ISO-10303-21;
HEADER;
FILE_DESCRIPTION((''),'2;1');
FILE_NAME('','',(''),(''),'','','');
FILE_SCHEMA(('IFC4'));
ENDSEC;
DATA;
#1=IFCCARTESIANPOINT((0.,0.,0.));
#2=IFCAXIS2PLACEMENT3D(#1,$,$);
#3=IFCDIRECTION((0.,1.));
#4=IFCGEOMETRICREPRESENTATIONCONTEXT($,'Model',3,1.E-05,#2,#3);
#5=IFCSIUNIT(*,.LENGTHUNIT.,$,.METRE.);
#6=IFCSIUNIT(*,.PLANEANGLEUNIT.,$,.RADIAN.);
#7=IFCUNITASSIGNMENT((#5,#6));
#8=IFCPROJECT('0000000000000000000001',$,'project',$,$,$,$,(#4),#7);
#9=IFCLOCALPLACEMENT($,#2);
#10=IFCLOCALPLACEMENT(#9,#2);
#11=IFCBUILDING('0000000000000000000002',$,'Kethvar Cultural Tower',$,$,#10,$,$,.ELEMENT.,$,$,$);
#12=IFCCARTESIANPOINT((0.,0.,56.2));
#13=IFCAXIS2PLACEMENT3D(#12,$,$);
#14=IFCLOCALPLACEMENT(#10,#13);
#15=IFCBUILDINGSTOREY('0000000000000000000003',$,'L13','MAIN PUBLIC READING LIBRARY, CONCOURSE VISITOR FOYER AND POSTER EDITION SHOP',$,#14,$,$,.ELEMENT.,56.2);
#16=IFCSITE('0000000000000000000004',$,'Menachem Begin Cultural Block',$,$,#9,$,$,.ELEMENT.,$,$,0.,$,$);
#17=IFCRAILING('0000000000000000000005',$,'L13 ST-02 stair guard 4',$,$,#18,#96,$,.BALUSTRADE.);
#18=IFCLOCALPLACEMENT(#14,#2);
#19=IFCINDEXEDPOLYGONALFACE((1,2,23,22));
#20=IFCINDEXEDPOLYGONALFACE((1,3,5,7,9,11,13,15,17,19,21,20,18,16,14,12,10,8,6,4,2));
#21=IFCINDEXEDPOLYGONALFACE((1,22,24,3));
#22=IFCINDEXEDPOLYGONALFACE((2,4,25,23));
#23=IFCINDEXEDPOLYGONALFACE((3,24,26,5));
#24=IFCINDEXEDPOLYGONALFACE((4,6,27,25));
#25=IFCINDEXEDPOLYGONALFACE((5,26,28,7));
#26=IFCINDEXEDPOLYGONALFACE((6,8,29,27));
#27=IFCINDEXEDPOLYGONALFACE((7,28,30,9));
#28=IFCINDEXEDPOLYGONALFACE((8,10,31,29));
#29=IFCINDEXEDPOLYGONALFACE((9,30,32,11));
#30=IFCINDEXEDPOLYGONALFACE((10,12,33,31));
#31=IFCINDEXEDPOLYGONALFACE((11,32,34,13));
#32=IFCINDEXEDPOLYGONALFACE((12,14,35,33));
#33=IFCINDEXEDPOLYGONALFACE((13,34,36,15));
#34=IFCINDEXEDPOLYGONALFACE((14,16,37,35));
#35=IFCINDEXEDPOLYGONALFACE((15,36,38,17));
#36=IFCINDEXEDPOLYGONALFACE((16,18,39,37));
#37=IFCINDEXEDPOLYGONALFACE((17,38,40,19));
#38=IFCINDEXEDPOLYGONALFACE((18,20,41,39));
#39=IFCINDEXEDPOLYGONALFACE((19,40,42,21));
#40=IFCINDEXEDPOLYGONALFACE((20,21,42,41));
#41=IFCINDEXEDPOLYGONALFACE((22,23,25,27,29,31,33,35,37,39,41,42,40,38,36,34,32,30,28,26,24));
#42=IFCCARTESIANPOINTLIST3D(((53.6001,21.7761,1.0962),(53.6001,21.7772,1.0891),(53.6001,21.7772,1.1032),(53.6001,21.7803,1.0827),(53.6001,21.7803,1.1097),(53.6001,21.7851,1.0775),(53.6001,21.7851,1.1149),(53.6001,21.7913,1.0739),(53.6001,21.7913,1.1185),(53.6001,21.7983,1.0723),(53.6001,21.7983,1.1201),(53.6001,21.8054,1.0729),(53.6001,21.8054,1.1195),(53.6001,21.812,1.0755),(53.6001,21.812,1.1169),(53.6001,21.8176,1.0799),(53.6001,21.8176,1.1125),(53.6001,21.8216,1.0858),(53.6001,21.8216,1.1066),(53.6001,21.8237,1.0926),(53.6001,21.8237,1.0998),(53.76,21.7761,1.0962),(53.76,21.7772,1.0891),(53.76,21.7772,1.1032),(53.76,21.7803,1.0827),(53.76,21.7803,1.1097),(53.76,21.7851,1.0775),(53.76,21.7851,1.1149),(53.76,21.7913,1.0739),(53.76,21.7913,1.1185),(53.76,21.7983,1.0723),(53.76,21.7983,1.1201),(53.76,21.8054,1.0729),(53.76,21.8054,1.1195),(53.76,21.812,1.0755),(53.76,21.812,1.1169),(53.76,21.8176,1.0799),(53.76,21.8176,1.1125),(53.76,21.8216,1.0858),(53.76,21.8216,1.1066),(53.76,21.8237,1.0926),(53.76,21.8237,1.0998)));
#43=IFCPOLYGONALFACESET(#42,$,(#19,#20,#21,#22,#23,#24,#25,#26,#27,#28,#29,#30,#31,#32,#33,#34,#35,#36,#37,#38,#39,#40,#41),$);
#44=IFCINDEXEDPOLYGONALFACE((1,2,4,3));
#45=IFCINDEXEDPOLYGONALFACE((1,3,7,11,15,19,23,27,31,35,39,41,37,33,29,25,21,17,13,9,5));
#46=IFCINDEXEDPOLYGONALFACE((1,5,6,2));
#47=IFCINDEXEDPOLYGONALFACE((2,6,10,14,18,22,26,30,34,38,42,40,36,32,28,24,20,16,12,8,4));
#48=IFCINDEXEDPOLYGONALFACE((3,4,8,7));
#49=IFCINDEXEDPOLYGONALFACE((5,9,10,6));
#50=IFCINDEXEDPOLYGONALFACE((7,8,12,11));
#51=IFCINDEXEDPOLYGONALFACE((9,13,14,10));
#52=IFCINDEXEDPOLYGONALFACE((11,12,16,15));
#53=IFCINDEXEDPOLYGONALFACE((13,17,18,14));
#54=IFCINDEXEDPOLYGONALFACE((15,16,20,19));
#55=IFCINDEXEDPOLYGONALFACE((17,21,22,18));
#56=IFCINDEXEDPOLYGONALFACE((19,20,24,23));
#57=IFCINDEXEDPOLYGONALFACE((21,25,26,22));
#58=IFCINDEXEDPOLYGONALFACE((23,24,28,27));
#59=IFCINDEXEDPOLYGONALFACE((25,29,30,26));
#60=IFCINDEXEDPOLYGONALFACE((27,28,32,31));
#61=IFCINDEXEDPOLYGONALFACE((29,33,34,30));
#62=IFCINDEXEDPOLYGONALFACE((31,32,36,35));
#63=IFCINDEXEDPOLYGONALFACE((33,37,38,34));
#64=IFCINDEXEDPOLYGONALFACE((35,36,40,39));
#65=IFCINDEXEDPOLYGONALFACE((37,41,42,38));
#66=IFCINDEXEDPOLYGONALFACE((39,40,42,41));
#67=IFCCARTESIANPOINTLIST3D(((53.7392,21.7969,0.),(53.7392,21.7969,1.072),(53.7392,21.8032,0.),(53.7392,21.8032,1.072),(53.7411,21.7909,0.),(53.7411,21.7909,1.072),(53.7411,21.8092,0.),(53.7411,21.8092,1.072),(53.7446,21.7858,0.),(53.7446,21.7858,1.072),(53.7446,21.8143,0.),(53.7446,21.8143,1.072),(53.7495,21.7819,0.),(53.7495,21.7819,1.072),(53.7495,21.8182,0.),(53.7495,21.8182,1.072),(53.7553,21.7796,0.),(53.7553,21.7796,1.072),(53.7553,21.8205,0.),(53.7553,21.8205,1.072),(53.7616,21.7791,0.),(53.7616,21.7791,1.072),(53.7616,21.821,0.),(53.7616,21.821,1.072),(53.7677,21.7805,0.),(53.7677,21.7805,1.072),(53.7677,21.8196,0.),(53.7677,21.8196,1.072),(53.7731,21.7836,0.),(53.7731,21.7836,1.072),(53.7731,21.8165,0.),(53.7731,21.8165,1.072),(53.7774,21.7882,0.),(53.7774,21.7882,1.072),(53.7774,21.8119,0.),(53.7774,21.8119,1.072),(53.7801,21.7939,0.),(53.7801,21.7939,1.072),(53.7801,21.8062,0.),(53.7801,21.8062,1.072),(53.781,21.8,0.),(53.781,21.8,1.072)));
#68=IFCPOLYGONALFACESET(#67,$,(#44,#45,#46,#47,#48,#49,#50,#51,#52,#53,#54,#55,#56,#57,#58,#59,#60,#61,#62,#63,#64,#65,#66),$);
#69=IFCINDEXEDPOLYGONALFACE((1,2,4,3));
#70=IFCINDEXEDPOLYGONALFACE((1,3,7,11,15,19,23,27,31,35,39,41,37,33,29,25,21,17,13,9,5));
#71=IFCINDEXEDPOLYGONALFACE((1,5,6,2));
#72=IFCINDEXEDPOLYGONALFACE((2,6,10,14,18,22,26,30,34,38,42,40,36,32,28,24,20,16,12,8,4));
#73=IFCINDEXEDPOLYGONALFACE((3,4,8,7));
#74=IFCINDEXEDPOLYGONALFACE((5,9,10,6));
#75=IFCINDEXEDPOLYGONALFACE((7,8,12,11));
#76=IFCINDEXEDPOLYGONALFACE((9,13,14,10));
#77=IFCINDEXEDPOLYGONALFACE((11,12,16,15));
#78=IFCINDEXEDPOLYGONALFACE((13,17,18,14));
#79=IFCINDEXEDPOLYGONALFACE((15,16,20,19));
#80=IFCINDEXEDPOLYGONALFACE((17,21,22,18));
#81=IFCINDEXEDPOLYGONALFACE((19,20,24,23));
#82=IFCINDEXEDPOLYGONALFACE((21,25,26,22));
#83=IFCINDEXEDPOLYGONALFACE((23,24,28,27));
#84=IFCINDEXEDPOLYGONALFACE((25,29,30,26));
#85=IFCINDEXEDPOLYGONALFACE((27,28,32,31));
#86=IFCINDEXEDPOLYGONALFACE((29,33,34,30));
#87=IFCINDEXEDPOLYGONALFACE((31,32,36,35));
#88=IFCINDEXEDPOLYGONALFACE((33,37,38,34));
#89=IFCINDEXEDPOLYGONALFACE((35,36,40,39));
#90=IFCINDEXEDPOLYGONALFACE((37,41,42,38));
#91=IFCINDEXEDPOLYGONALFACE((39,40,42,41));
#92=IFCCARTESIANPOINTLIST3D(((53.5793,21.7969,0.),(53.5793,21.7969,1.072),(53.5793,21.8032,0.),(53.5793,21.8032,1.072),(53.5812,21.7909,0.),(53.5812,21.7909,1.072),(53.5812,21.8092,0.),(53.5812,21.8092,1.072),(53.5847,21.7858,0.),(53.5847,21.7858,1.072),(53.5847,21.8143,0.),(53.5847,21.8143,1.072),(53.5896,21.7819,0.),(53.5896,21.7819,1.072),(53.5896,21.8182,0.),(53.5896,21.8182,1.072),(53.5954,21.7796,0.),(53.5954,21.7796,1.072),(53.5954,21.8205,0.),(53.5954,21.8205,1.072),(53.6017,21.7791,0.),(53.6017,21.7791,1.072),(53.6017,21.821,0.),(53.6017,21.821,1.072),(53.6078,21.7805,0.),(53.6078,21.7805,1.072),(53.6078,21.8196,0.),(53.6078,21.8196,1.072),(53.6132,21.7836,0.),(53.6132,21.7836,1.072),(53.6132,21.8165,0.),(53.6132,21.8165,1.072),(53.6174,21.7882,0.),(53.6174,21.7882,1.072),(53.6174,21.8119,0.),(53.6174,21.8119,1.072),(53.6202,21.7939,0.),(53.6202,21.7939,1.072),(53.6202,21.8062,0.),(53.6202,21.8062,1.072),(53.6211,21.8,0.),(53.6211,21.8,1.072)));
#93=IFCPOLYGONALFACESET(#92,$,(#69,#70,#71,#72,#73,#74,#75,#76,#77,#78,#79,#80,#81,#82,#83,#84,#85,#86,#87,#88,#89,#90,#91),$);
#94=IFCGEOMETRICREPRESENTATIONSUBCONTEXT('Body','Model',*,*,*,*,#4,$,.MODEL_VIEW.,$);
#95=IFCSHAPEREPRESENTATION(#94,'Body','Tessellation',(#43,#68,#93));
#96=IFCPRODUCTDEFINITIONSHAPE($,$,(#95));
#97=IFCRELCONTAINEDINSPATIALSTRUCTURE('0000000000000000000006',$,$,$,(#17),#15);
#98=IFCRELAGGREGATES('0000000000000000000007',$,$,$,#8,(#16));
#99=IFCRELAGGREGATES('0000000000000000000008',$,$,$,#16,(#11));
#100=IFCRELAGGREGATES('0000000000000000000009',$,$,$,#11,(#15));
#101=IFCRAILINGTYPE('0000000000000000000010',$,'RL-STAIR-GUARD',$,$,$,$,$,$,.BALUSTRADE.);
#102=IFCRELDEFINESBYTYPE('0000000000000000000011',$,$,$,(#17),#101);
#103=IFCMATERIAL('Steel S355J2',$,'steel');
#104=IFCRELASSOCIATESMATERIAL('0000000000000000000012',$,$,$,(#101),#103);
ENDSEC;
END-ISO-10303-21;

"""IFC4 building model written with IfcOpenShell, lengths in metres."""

from ifc_helpers import new_model, si_unit, direction, frame, origin, origin_2d, place, context, subcontext, project, spatial, circle, extrude, material, type_object, element, save


model = new_model("IFC4")

# Units and contexts
model_context = context("Model", 3, precision=1e-05, world=origin(), true_north=direction((0.0, 1.0)))
body_context = subcontext(model_context, "Body", "Model", "MODEL_VIEW")
ifc_project = project(units=[si_unit("LENGTHUNIT", "METRE"), si_unit("PLANEANGLEUNIT", "RADIAN")], contexts=[model_context])

# Site, building, storey
site_placement = place(None, origin())
site = spatial("IfcSite", under=ifc_project, at=site_placement, Name="Menachem Begin Cultural Block", CompositionType="ELEMENT", RefElevation=0.0)
building_placement = place(site_placement, origin())
building = spatial("IfcBuilding", under=site, at=building_placement, Name="Kethvar Cultural Tower", CompositionType="ELEMENT")
storey_placement = place(building_placement, frame((0.0, 0.0, 56.2)))
storey = spatial("IfcBuildingStorey", under=building, at=storey_placement, Name="L13", Description="MAIN PUBLIC READING LIBRARY, CONCOURSE VISITOR FOYER AND POSTER EDITION SHOP", CompositionType="ELEMENT", Elevation=56.2)

# Shared definitions
ifc_material_1 = material(Name="Steel S355J2", Category="steel")

# Railing
railing_type_1 = type_object("IfcRailingType", Name="RL-STAIR-GUARD", PredefinedType="BALUSTRADE", material=ifc_material_1)
railing_1_placement = place(storey_placement, frame((53.76, 21.8, 0.0)))
element("IfcRailing", 1, at=railing_1_placement, inside=storey, type_object=railing_type_1, Name="L13 ST-02 stair guard 4", PredefinedType="BALUSTRADE", context=body_context, shape_type="SweptSolid", body=[
    extrude(circle(Radius=0.0239, at=origin_2d()), frame((0.0, 0.0, 1.0962), z_axis=(-1.0, 0.0, 0.0), x_axis=(0.0, -1.0, 0.0)), (0.0, 0.0, 1.0), 0.1599),
    extrude(circle(Radius=0.021, at=origin_2d()), origin(), (0.0, 0.0, 1.0), 1.072),
    extrude(circle(Radius=0.021, at=origin_2d()), frame((-0.1599, 0.0, 0.0)), (0.0, 0.0, 1.0), 1.072),
])

save(model, "model.ifc")
